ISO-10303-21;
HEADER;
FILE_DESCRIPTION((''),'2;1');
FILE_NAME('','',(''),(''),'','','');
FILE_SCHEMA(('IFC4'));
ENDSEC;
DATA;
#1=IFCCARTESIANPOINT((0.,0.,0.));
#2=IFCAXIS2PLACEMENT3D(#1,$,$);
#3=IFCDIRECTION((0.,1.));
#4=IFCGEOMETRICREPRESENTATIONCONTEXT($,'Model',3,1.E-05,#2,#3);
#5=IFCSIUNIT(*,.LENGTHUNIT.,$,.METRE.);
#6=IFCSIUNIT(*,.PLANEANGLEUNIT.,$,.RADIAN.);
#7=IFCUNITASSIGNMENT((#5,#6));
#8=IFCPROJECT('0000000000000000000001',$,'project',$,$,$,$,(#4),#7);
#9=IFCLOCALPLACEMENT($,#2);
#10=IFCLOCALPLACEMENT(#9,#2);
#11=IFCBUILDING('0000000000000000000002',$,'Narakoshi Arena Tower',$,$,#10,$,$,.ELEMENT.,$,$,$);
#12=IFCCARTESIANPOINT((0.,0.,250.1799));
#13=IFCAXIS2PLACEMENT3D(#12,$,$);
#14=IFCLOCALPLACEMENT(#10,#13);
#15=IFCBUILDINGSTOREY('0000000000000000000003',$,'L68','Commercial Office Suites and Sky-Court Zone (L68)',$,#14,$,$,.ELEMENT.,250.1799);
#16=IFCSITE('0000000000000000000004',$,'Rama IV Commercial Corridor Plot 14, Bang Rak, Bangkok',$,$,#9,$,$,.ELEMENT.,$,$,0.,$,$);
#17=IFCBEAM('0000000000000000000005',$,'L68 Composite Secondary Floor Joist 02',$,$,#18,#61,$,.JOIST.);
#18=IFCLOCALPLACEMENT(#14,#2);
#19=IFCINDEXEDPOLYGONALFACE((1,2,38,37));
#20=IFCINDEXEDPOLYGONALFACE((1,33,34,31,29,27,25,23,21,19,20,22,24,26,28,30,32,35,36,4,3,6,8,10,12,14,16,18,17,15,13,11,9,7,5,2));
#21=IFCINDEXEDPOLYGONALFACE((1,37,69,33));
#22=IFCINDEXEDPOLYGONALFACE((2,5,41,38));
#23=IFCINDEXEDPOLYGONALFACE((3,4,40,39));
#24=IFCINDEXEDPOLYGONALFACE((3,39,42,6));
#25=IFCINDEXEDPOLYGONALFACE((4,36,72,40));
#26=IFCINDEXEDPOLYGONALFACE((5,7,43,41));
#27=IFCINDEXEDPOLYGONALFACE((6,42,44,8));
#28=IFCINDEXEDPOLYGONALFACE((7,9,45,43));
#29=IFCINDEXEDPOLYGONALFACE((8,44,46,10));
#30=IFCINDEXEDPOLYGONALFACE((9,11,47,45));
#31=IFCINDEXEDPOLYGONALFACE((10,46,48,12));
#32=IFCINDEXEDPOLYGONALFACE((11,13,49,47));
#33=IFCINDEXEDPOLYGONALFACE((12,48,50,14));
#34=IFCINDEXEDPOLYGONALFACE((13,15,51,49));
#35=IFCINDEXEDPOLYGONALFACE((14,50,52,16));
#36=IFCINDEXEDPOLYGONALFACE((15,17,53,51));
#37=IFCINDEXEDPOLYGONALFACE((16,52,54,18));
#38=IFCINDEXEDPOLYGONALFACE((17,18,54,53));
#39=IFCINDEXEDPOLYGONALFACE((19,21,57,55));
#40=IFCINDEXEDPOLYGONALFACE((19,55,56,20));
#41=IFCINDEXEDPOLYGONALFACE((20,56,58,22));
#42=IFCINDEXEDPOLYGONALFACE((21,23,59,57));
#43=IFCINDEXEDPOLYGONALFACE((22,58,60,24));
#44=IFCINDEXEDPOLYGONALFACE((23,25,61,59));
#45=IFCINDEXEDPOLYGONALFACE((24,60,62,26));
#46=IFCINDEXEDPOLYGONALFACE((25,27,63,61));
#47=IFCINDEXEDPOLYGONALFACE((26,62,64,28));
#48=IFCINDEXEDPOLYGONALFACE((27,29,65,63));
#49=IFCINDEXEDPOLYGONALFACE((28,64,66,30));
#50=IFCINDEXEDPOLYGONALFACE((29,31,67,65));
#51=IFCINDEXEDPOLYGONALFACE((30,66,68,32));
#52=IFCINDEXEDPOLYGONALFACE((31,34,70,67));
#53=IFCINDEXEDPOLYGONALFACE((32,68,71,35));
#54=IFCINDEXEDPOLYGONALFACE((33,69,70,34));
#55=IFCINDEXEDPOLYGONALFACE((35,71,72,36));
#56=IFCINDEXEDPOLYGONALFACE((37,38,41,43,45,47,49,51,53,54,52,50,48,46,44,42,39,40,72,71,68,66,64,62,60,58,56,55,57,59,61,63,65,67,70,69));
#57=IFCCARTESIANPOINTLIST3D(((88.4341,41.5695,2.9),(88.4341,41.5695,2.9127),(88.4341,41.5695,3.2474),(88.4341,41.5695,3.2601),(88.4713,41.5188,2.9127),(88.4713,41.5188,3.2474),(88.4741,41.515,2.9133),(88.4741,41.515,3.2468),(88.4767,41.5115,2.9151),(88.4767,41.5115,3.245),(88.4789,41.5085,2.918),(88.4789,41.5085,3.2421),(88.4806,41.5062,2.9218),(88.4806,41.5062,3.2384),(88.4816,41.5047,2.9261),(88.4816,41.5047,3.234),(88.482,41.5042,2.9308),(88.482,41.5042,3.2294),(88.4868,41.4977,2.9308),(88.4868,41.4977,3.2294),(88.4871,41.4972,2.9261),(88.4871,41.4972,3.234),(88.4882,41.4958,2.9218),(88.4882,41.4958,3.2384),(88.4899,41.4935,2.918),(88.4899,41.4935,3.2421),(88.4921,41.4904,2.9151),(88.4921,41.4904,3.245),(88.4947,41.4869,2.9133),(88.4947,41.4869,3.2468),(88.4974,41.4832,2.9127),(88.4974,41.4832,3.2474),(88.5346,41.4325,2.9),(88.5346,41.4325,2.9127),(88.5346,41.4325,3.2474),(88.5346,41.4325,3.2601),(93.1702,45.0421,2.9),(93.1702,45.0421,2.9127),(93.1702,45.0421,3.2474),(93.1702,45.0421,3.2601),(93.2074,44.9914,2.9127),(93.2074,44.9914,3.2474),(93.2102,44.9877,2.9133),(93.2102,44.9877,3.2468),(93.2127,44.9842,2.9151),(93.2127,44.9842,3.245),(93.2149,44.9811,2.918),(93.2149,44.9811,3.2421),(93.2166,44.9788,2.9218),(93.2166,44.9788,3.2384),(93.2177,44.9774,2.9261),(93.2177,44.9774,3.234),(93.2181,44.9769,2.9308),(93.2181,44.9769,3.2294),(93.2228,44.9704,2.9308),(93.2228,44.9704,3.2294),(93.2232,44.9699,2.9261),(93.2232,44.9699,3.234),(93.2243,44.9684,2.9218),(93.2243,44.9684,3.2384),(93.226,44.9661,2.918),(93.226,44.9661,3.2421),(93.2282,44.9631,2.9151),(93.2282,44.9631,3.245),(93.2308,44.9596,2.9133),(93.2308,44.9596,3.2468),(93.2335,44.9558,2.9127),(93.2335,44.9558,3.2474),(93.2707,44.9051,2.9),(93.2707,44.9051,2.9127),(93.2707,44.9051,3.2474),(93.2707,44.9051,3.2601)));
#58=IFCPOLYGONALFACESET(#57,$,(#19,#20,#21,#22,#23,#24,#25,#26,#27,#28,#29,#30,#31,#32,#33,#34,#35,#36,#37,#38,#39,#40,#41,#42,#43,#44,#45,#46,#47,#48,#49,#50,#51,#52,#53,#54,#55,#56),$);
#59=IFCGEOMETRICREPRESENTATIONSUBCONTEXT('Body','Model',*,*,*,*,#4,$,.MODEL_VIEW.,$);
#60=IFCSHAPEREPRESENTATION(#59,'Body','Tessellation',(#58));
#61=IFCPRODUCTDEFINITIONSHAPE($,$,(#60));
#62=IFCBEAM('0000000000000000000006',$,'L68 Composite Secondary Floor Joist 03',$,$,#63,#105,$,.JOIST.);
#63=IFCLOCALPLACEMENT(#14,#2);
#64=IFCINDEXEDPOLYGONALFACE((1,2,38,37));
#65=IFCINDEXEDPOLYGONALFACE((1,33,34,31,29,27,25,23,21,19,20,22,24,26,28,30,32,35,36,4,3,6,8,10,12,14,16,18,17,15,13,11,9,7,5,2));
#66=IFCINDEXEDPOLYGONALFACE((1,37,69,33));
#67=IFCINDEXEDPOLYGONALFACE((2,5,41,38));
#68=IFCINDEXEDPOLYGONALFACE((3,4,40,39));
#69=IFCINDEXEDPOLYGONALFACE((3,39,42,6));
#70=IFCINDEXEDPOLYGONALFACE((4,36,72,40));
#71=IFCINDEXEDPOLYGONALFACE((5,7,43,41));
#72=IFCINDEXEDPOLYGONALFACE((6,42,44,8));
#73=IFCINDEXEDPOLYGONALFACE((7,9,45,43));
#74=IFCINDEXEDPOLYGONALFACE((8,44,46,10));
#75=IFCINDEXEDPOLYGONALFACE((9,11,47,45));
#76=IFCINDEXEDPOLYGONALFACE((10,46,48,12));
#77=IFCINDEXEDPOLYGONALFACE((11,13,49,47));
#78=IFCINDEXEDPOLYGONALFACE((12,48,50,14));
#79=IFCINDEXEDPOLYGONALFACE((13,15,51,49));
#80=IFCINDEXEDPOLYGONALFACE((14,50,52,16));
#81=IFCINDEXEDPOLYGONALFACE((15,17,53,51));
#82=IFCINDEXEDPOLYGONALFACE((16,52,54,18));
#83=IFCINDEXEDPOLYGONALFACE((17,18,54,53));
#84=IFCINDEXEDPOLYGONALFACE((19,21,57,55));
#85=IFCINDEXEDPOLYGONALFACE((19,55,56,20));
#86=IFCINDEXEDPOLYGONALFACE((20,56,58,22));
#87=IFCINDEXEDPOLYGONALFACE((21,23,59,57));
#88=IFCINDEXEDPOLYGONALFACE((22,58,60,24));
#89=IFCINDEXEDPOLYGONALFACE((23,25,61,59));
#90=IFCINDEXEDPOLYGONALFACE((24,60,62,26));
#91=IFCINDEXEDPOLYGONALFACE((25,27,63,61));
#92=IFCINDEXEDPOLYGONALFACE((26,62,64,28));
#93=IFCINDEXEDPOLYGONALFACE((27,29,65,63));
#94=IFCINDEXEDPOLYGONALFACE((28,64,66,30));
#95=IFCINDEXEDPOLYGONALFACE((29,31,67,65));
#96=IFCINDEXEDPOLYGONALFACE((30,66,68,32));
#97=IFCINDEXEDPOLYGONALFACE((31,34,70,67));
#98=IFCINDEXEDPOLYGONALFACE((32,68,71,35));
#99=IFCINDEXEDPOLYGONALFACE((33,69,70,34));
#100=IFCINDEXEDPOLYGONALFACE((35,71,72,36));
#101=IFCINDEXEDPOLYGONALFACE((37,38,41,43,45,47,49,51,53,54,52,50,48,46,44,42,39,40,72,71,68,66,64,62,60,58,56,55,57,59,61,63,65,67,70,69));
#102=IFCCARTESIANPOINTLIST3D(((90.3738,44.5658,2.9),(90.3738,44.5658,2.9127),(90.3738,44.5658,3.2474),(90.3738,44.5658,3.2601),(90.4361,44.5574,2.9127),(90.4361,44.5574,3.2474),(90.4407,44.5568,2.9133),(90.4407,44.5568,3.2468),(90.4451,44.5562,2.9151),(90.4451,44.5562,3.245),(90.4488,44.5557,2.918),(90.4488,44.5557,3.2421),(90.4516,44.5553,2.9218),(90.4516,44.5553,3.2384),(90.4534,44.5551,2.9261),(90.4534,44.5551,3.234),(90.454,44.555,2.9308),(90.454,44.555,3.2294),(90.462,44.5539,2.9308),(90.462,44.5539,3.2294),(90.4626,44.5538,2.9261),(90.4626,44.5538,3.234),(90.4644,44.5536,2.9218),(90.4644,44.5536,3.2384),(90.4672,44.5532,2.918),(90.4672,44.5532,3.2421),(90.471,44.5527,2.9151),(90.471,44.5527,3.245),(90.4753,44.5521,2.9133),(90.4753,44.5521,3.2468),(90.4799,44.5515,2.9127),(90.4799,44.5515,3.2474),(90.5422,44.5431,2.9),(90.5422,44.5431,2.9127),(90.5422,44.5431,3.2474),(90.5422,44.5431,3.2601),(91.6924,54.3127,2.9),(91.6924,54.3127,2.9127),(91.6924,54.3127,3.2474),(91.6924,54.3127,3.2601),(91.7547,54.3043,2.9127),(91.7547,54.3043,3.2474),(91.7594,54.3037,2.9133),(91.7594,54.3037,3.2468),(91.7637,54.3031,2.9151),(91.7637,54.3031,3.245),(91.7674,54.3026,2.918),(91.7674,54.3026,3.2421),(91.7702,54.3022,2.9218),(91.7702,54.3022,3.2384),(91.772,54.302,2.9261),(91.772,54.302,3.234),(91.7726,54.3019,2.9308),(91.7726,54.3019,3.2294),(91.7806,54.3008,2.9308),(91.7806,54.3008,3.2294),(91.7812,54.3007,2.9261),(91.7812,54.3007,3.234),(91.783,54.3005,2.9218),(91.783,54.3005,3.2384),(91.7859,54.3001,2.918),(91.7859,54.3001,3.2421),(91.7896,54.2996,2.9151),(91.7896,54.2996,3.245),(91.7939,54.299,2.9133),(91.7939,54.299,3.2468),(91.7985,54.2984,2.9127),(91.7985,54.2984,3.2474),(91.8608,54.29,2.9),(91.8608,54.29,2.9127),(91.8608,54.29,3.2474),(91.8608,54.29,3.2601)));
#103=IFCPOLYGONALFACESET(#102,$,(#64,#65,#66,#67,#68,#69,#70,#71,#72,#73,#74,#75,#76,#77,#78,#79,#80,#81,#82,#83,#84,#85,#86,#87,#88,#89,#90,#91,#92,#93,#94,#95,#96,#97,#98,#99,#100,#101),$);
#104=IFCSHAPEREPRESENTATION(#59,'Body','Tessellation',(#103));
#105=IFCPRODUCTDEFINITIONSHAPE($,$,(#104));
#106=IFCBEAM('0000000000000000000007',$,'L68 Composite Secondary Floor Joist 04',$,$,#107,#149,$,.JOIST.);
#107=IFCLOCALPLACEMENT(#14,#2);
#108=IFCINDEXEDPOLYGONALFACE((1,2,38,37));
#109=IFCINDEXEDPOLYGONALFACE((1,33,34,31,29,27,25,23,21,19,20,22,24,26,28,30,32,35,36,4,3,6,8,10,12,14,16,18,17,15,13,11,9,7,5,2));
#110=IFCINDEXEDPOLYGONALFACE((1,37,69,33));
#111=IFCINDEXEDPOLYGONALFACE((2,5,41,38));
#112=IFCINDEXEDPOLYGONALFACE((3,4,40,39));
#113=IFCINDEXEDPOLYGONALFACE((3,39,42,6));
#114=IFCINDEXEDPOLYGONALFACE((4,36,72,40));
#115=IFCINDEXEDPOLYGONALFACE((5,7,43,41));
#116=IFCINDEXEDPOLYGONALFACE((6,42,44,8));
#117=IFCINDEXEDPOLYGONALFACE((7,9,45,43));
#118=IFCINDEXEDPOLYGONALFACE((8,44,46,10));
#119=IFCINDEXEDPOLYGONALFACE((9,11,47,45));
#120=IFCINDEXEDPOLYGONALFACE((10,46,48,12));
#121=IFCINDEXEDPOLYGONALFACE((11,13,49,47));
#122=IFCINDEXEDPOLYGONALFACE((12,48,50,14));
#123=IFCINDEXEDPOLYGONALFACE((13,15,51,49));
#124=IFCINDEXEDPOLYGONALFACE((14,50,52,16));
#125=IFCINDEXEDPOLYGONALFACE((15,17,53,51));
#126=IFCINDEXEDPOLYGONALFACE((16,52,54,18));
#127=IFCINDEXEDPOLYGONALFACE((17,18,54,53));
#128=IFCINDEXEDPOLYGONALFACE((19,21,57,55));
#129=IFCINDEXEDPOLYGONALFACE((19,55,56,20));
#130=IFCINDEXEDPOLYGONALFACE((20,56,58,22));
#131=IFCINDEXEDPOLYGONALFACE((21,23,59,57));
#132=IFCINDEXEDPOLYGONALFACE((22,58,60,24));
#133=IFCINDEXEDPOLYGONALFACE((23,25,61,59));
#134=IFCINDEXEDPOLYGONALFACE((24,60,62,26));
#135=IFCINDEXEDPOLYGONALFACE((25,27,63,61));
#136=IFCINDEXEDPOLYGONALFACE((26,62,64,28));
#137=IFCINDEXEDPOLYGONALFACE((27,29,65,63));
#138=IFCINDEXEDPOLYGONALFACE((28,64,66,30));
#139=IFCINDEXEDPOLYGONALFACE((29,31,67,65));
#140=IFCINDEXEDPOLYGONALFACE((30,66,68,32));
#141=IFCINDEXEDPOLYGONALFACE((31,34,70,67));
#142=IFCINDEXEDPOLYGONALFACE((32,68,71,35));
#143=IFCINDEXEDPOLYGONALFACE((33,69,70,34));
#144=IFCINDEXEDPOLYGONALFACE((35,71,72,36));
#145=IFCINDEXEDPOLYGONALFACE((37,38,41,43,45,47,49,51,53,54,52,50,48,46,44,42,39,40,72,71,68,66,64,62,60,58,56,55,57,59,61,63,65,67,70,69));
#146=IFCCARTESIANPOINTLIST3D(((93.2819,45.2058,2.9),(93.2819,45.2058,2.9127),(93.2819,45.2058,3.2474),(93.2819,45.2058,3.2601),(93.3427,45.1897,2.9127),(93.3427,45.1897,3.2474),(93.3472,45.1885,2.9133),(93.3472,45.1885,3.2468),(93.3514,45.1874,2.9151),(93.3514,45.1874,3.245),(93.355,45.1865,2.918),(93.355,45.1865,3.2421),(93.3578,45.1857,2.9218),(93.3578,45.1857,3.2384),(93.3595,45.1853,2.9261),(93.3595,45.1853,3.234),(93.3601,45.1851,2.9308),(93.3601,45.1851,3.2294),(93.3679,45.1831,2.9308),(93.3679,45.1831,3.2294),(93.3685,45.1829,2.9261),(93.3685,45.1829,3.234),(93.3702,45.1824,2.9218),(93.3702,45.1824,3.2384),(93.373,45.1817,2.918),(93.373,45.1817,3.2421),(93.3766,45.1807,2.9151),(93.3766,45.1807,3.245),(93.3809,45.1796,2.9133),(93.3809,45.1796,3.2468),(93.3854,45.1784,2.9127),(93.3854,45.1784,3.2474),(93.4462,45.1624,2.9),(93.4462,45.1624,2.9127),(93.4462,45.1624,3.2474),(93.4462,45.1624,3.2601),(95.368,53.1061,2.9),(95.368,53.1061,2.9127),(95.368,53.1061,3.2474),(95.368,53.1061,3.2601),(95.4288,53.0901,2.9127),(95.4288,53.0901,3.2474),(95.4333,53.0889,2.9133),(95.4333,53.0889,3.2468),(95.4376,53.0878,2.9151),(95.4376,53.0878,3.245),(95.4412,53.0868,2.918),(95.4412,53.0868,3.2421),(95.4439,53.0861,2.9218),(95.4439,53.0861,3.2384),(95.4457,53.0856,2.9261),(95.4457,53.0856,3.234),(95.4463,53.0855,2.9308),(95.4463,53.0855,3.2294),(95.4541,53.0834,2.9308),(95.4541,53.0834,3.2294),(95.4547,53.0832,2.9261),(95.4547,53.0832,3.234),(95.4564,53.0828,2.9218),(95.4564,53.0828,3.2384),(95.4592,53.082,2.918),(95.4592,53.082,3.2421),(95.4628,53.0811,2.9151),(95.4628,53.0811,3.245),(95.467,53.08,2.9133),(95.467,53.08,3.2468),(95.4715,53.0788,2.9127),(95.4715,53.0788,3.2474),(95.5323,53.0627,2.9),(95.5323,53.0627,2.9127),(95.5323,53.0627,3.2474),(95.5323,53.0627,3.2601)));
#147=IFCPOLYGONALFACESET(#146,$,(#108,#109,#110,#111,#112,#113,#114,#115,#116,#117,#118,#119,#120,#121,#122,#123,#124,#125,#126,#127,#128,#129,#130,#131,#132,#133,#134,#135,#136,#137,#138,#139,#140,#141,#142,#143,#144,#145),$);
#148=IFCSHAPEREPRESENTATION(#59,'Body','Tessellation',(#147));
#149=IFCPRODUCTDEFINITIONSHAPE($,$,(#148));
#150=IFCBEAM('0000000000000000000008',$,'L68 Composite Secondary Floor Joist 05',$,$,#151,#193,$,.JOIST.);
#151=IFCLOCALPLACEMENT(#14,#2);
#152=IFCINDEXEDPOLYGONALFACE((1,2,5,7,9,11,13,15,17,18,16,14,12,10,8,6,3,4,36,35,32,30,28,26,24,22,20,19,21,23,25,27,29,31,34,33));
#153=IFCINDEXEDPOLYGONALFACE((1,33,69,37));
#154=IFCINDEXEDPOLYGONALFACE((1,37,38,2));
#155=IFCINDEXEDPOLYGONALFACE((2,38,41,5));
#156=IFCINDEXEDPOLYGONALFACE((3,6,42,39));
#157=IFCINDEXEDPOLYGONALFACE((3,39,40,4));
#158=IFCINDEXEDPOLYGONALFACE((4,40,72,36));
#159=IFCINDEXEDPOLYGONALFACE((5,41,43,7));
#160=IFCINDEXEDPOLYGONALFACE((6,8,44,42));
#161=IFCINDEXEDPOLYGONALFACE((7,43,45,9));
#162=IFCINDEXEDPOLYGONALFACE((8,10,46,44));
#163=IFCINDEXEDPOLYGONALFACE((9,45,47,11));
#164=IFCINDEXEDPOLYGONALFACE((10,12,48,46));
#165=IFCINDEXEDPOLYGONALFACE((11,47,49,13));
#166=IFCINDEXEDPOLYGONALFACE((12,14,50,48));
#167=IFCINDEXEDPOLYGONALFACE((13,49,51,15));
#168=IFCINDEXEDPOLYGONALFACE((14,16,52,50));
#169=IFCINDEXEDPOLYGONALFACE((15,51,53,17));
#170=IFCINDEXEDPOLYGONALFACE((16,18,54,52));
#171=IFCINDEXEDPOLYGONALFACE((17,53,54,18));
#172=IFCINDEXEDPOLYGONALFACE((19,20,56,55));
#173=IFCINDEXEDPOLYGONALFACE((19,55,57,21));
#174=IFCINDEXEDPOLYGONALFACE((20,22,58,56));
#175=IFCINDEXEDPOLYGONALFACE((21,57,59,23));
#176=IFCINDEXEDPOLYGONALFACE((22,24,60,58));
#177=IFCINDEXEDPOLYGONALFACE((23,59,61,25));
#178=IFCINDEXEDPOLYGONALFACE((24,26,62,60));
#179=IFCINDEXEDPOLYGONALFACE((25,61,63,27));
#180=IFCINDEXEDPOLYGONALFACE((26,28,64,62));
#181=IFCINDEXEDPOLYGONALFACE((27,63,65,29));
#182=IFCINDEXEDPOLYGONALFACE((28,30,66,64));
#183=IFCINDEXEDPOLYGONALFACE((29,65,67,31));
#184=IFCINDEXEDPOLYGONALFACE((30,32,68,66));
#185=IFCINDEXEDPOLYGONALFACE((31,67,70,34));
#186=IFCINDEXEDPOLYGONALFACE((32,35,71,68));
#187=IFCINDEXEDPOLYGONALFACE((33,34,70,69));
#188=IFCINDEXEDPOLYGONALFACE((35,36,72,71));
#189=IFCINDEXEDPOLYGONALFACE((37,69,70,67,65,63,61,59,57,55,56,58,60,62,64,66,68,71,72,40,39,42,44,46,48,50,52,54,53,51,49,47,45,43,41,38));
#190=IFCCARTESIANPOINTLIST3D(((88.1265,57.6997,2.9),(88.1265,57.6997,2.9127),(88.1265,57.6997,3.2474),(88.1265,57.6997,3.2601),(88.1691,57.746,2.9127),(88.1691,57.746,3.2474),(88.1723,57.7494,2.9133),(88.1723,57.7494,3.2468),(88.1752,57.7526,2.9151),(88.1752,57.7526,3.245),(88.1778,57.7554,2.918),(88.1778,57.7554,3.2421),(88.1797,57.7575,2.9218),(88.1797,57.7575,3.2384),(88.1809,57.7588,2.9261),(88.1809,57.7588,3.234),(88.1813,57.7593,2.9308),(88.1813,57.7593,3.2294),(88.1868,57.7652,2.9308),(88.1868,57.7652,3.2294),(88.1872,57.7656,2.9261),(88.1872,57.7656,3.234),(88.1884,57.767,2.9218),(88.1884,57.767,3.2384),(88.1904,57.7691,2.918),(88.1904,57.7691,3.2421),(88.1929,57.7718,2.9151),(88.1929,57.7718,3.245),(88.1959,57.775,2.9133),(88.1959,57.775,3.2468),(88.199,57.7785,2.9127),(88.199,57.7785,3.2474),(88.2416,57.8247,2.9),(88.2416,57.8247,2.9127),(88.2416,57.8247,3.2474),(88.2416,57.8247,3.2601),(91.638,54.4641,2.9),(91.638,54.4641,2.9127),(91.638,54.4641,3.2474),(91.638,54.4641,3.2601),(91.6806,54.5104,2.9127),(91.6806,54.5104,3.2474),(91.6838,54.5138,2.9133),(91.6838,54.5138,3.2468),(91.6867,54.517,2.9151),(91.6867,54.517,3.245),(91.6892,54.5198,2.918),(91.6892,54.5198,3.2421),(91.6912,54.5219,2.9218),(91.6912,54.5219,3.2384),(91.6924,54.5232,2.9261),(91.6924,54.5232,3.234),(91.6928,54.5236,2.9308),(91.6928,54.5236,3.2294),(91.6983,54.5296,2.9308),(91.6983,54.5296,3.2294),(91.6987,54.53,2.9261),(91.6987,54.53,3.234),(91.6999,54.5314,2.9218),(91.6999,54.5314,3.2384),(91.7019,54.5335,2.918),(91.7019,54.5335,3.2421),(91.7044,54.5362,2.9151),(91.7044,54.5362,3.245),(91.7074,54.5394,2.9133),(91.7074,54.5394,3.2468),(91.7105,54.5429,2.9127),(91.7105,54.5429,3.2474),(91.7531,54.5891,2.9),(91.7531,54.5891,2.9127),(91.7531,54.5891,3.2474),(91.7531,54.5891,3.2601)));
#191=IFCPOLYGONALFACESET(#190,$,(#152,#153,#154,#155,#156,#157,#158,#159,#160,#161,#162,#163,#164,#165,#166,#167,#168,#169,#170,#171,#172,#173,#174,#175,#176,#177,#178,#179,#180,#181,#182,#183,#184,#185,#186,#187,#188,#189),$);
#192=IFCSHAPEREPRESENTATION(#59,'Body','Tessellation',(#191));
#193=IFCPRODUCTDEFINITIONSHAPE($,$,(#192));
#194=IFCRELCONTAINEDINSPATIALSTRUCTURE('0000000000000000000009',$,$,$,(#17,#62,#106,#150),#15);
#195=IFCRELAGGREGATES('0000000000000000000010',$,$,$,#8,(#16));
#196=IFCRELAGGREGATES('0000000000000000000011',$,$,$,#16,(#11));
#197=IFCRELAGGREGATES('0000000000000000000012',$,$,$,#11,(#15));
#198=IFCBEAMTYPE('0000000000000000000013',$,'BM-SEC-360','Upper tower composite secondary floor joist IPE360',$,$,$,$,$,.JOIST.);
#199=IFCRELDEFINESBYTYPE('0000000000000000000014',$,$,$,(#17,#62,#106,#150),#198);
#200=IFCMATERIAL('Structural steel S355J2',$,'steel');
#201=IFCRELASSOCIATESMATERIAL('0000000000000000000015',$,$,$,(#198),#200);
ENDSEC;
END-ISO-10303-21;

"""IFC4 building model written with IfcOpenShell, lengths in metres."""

from ifc_helpers import new_model, si_unit, direction, frame, origin, origin_2d, place, context, subcontext, project, spatial, i_section, extrude, material, material_profile, profile_set, type_object, element, save


model = new_model("IFC4")

# Units and contexts
model_context = context("Model", 3, precision=1e-05, world=origin(), true_north=direction((0.0, 1.0)))
body_context = subcontext(model_context, "Body", "Model", "MODEL_VIEW")
ifc_project = project(units=[si_unit("LENGTHUNIT", "METRE"), si_unit("PLANEANGLEUNIT", "RADIAN")], contexts=[model_context])

# Site, building, storey
site_placement = place(None, origin())
site = spatial("IfcSite", under=ifc_project, at=site_placement, Name="Rama IV Commercial Corridor Plot 14, Bang Rak, Bangkok", CompositionType="ELEMENT", RefElevation=0.0)
building_placement = place(site_placement, origin())
building = spatial("IfcBuilding", under=site, at=building_placement, Name="Narakoshi Arena Tower", CompositionType="ELEMENT")
storey_placement = place(building_placement, frame((0.0, 0.0, 250.1799)))
storey = spatial("IfcBuildingStorey", under=building, at=storey_placement, Name="L68", Description="Commercial Office Suites and Sky-Court Zone (L68)", CompositionType="ELEMENT", Elevation=250.1799)

# Beams
ifc_material_1 = material(Name="Structural steel S355J2", Category="steel")
ifc_material_profile_1 = material_profile(ifc_material_1, i_section(OverallWidth=0.1699, OverallDepth=0.3601, WebThickness=0.0081, FlangeThickness=0.0127, FilletRadius=0.0181, at=origin_2d()), Name="IPE360")
ifc_profile_set_1 = profile_set([ifc_material_profile_1], Name="Structural steel S355J2")
beam_type_1 = type_object("IfcBeamType", Name="BM-SEC-360", Description="Upper tower composite secondary floor joist IPE360", PredefinedType="JOIST", material=ifc_profile_set_1)
beam_1_placement = place(storey_placement, frame((88.4844, 41.501, 3.0801), z_axis=(0.806443, 0.591311, 0.0), x_axis=(-0.591311, 0.806443, 0.0)))
element("IfcBeam", 1, at=beam_1_placement, inside=storey, type_object=beam_type_1, Name="L68 Composite Secondary Floor Joist 02", PredefinedType="JOIST", context=body_context, shape_type="SweptSolid", body=[
    extrude(i_section(OverallWidth=0.1699, OverallDepth=0.3601, WebThickness=0.0081, FlangeThickness=0.0127, FilletRadius=0.0181, at=origin_2d()), origin(), (0.0, 0.0, 1.0), 5.8728),
])
beam_2_placement = place(storey_placement, frame((90.458, 44.5544, 3.0801), z_axis=(0.134064, 0.990973, 0.0), x_axis=(-0.990973, 0.134064, 0.0)))
element("IfcBeam", 2, at=beam_2_placement, inside=storey, type_object=beam_type_1, Name="L68 Composite Secondary Floor Joist 03", PredefinedType="JOIST", context=body_context, shape_type="SweptSolid", body=[
    extrude(i_section(OverallWidth=0.1699, OverallDepth=0.3601, WebThickness=0.0081, FlangeThickness=0.0127, FilletRadius=0.0181, at=origin_2d()), origin(), (0.0, 0.0, 1.0), 9.8357),
])
beam_3_placement = place(storey_placement, frame((93.364, 45.1841, 3.0801), z_axis=(0.255309, 0.966859, 0.0), x_axis=(-0.966859, 0.255309, 0.0)))
element("IfcBeam", 3, at=beam_3_placement, inside=storey, type_object=beam_type_1, Name="L68 Composite Secondary Floor Joist 04", PredefinedType="JOIST", context=body_context, shape_type="SweptSolid", body=[
    extrude(i_section(OverallWidth=0.1699, OverallDepth=0.3601, WebThickness=0.0081, FlangeThickness=0.0127, FilletRadius=0.0181, at=origin_2d()), origin(), (0.0, 0.0, 1.0), 8.1711),
])
beam_4_placement = place(storey_placement, frame((91.6956, 54.5266, 3.0801), z_axis=(-0.735405, 0.677628, 0.0), x_axis=(-0.677628, -0.735405, 0.0)))
element("IfcBeam", 4, at=beam_4_placement, inside=storey, type_object=beam_type_1, Name="L68 Composite Secondary Floor Joist 05", PredefinedType="JOIST", context=body_context, shape_type="SweptSolid", body=[
    extrude(i_section(OverallWidth=0.1699, OverallDepth=0.3601, WebThickness=0.0081, FlangeThickness=0.0127, FilletRadius=0.0181, at=origin_2d()), origin(), (0.0, 0.0, 1.0), 4.7749),
])

save(model, "model.ifc")
